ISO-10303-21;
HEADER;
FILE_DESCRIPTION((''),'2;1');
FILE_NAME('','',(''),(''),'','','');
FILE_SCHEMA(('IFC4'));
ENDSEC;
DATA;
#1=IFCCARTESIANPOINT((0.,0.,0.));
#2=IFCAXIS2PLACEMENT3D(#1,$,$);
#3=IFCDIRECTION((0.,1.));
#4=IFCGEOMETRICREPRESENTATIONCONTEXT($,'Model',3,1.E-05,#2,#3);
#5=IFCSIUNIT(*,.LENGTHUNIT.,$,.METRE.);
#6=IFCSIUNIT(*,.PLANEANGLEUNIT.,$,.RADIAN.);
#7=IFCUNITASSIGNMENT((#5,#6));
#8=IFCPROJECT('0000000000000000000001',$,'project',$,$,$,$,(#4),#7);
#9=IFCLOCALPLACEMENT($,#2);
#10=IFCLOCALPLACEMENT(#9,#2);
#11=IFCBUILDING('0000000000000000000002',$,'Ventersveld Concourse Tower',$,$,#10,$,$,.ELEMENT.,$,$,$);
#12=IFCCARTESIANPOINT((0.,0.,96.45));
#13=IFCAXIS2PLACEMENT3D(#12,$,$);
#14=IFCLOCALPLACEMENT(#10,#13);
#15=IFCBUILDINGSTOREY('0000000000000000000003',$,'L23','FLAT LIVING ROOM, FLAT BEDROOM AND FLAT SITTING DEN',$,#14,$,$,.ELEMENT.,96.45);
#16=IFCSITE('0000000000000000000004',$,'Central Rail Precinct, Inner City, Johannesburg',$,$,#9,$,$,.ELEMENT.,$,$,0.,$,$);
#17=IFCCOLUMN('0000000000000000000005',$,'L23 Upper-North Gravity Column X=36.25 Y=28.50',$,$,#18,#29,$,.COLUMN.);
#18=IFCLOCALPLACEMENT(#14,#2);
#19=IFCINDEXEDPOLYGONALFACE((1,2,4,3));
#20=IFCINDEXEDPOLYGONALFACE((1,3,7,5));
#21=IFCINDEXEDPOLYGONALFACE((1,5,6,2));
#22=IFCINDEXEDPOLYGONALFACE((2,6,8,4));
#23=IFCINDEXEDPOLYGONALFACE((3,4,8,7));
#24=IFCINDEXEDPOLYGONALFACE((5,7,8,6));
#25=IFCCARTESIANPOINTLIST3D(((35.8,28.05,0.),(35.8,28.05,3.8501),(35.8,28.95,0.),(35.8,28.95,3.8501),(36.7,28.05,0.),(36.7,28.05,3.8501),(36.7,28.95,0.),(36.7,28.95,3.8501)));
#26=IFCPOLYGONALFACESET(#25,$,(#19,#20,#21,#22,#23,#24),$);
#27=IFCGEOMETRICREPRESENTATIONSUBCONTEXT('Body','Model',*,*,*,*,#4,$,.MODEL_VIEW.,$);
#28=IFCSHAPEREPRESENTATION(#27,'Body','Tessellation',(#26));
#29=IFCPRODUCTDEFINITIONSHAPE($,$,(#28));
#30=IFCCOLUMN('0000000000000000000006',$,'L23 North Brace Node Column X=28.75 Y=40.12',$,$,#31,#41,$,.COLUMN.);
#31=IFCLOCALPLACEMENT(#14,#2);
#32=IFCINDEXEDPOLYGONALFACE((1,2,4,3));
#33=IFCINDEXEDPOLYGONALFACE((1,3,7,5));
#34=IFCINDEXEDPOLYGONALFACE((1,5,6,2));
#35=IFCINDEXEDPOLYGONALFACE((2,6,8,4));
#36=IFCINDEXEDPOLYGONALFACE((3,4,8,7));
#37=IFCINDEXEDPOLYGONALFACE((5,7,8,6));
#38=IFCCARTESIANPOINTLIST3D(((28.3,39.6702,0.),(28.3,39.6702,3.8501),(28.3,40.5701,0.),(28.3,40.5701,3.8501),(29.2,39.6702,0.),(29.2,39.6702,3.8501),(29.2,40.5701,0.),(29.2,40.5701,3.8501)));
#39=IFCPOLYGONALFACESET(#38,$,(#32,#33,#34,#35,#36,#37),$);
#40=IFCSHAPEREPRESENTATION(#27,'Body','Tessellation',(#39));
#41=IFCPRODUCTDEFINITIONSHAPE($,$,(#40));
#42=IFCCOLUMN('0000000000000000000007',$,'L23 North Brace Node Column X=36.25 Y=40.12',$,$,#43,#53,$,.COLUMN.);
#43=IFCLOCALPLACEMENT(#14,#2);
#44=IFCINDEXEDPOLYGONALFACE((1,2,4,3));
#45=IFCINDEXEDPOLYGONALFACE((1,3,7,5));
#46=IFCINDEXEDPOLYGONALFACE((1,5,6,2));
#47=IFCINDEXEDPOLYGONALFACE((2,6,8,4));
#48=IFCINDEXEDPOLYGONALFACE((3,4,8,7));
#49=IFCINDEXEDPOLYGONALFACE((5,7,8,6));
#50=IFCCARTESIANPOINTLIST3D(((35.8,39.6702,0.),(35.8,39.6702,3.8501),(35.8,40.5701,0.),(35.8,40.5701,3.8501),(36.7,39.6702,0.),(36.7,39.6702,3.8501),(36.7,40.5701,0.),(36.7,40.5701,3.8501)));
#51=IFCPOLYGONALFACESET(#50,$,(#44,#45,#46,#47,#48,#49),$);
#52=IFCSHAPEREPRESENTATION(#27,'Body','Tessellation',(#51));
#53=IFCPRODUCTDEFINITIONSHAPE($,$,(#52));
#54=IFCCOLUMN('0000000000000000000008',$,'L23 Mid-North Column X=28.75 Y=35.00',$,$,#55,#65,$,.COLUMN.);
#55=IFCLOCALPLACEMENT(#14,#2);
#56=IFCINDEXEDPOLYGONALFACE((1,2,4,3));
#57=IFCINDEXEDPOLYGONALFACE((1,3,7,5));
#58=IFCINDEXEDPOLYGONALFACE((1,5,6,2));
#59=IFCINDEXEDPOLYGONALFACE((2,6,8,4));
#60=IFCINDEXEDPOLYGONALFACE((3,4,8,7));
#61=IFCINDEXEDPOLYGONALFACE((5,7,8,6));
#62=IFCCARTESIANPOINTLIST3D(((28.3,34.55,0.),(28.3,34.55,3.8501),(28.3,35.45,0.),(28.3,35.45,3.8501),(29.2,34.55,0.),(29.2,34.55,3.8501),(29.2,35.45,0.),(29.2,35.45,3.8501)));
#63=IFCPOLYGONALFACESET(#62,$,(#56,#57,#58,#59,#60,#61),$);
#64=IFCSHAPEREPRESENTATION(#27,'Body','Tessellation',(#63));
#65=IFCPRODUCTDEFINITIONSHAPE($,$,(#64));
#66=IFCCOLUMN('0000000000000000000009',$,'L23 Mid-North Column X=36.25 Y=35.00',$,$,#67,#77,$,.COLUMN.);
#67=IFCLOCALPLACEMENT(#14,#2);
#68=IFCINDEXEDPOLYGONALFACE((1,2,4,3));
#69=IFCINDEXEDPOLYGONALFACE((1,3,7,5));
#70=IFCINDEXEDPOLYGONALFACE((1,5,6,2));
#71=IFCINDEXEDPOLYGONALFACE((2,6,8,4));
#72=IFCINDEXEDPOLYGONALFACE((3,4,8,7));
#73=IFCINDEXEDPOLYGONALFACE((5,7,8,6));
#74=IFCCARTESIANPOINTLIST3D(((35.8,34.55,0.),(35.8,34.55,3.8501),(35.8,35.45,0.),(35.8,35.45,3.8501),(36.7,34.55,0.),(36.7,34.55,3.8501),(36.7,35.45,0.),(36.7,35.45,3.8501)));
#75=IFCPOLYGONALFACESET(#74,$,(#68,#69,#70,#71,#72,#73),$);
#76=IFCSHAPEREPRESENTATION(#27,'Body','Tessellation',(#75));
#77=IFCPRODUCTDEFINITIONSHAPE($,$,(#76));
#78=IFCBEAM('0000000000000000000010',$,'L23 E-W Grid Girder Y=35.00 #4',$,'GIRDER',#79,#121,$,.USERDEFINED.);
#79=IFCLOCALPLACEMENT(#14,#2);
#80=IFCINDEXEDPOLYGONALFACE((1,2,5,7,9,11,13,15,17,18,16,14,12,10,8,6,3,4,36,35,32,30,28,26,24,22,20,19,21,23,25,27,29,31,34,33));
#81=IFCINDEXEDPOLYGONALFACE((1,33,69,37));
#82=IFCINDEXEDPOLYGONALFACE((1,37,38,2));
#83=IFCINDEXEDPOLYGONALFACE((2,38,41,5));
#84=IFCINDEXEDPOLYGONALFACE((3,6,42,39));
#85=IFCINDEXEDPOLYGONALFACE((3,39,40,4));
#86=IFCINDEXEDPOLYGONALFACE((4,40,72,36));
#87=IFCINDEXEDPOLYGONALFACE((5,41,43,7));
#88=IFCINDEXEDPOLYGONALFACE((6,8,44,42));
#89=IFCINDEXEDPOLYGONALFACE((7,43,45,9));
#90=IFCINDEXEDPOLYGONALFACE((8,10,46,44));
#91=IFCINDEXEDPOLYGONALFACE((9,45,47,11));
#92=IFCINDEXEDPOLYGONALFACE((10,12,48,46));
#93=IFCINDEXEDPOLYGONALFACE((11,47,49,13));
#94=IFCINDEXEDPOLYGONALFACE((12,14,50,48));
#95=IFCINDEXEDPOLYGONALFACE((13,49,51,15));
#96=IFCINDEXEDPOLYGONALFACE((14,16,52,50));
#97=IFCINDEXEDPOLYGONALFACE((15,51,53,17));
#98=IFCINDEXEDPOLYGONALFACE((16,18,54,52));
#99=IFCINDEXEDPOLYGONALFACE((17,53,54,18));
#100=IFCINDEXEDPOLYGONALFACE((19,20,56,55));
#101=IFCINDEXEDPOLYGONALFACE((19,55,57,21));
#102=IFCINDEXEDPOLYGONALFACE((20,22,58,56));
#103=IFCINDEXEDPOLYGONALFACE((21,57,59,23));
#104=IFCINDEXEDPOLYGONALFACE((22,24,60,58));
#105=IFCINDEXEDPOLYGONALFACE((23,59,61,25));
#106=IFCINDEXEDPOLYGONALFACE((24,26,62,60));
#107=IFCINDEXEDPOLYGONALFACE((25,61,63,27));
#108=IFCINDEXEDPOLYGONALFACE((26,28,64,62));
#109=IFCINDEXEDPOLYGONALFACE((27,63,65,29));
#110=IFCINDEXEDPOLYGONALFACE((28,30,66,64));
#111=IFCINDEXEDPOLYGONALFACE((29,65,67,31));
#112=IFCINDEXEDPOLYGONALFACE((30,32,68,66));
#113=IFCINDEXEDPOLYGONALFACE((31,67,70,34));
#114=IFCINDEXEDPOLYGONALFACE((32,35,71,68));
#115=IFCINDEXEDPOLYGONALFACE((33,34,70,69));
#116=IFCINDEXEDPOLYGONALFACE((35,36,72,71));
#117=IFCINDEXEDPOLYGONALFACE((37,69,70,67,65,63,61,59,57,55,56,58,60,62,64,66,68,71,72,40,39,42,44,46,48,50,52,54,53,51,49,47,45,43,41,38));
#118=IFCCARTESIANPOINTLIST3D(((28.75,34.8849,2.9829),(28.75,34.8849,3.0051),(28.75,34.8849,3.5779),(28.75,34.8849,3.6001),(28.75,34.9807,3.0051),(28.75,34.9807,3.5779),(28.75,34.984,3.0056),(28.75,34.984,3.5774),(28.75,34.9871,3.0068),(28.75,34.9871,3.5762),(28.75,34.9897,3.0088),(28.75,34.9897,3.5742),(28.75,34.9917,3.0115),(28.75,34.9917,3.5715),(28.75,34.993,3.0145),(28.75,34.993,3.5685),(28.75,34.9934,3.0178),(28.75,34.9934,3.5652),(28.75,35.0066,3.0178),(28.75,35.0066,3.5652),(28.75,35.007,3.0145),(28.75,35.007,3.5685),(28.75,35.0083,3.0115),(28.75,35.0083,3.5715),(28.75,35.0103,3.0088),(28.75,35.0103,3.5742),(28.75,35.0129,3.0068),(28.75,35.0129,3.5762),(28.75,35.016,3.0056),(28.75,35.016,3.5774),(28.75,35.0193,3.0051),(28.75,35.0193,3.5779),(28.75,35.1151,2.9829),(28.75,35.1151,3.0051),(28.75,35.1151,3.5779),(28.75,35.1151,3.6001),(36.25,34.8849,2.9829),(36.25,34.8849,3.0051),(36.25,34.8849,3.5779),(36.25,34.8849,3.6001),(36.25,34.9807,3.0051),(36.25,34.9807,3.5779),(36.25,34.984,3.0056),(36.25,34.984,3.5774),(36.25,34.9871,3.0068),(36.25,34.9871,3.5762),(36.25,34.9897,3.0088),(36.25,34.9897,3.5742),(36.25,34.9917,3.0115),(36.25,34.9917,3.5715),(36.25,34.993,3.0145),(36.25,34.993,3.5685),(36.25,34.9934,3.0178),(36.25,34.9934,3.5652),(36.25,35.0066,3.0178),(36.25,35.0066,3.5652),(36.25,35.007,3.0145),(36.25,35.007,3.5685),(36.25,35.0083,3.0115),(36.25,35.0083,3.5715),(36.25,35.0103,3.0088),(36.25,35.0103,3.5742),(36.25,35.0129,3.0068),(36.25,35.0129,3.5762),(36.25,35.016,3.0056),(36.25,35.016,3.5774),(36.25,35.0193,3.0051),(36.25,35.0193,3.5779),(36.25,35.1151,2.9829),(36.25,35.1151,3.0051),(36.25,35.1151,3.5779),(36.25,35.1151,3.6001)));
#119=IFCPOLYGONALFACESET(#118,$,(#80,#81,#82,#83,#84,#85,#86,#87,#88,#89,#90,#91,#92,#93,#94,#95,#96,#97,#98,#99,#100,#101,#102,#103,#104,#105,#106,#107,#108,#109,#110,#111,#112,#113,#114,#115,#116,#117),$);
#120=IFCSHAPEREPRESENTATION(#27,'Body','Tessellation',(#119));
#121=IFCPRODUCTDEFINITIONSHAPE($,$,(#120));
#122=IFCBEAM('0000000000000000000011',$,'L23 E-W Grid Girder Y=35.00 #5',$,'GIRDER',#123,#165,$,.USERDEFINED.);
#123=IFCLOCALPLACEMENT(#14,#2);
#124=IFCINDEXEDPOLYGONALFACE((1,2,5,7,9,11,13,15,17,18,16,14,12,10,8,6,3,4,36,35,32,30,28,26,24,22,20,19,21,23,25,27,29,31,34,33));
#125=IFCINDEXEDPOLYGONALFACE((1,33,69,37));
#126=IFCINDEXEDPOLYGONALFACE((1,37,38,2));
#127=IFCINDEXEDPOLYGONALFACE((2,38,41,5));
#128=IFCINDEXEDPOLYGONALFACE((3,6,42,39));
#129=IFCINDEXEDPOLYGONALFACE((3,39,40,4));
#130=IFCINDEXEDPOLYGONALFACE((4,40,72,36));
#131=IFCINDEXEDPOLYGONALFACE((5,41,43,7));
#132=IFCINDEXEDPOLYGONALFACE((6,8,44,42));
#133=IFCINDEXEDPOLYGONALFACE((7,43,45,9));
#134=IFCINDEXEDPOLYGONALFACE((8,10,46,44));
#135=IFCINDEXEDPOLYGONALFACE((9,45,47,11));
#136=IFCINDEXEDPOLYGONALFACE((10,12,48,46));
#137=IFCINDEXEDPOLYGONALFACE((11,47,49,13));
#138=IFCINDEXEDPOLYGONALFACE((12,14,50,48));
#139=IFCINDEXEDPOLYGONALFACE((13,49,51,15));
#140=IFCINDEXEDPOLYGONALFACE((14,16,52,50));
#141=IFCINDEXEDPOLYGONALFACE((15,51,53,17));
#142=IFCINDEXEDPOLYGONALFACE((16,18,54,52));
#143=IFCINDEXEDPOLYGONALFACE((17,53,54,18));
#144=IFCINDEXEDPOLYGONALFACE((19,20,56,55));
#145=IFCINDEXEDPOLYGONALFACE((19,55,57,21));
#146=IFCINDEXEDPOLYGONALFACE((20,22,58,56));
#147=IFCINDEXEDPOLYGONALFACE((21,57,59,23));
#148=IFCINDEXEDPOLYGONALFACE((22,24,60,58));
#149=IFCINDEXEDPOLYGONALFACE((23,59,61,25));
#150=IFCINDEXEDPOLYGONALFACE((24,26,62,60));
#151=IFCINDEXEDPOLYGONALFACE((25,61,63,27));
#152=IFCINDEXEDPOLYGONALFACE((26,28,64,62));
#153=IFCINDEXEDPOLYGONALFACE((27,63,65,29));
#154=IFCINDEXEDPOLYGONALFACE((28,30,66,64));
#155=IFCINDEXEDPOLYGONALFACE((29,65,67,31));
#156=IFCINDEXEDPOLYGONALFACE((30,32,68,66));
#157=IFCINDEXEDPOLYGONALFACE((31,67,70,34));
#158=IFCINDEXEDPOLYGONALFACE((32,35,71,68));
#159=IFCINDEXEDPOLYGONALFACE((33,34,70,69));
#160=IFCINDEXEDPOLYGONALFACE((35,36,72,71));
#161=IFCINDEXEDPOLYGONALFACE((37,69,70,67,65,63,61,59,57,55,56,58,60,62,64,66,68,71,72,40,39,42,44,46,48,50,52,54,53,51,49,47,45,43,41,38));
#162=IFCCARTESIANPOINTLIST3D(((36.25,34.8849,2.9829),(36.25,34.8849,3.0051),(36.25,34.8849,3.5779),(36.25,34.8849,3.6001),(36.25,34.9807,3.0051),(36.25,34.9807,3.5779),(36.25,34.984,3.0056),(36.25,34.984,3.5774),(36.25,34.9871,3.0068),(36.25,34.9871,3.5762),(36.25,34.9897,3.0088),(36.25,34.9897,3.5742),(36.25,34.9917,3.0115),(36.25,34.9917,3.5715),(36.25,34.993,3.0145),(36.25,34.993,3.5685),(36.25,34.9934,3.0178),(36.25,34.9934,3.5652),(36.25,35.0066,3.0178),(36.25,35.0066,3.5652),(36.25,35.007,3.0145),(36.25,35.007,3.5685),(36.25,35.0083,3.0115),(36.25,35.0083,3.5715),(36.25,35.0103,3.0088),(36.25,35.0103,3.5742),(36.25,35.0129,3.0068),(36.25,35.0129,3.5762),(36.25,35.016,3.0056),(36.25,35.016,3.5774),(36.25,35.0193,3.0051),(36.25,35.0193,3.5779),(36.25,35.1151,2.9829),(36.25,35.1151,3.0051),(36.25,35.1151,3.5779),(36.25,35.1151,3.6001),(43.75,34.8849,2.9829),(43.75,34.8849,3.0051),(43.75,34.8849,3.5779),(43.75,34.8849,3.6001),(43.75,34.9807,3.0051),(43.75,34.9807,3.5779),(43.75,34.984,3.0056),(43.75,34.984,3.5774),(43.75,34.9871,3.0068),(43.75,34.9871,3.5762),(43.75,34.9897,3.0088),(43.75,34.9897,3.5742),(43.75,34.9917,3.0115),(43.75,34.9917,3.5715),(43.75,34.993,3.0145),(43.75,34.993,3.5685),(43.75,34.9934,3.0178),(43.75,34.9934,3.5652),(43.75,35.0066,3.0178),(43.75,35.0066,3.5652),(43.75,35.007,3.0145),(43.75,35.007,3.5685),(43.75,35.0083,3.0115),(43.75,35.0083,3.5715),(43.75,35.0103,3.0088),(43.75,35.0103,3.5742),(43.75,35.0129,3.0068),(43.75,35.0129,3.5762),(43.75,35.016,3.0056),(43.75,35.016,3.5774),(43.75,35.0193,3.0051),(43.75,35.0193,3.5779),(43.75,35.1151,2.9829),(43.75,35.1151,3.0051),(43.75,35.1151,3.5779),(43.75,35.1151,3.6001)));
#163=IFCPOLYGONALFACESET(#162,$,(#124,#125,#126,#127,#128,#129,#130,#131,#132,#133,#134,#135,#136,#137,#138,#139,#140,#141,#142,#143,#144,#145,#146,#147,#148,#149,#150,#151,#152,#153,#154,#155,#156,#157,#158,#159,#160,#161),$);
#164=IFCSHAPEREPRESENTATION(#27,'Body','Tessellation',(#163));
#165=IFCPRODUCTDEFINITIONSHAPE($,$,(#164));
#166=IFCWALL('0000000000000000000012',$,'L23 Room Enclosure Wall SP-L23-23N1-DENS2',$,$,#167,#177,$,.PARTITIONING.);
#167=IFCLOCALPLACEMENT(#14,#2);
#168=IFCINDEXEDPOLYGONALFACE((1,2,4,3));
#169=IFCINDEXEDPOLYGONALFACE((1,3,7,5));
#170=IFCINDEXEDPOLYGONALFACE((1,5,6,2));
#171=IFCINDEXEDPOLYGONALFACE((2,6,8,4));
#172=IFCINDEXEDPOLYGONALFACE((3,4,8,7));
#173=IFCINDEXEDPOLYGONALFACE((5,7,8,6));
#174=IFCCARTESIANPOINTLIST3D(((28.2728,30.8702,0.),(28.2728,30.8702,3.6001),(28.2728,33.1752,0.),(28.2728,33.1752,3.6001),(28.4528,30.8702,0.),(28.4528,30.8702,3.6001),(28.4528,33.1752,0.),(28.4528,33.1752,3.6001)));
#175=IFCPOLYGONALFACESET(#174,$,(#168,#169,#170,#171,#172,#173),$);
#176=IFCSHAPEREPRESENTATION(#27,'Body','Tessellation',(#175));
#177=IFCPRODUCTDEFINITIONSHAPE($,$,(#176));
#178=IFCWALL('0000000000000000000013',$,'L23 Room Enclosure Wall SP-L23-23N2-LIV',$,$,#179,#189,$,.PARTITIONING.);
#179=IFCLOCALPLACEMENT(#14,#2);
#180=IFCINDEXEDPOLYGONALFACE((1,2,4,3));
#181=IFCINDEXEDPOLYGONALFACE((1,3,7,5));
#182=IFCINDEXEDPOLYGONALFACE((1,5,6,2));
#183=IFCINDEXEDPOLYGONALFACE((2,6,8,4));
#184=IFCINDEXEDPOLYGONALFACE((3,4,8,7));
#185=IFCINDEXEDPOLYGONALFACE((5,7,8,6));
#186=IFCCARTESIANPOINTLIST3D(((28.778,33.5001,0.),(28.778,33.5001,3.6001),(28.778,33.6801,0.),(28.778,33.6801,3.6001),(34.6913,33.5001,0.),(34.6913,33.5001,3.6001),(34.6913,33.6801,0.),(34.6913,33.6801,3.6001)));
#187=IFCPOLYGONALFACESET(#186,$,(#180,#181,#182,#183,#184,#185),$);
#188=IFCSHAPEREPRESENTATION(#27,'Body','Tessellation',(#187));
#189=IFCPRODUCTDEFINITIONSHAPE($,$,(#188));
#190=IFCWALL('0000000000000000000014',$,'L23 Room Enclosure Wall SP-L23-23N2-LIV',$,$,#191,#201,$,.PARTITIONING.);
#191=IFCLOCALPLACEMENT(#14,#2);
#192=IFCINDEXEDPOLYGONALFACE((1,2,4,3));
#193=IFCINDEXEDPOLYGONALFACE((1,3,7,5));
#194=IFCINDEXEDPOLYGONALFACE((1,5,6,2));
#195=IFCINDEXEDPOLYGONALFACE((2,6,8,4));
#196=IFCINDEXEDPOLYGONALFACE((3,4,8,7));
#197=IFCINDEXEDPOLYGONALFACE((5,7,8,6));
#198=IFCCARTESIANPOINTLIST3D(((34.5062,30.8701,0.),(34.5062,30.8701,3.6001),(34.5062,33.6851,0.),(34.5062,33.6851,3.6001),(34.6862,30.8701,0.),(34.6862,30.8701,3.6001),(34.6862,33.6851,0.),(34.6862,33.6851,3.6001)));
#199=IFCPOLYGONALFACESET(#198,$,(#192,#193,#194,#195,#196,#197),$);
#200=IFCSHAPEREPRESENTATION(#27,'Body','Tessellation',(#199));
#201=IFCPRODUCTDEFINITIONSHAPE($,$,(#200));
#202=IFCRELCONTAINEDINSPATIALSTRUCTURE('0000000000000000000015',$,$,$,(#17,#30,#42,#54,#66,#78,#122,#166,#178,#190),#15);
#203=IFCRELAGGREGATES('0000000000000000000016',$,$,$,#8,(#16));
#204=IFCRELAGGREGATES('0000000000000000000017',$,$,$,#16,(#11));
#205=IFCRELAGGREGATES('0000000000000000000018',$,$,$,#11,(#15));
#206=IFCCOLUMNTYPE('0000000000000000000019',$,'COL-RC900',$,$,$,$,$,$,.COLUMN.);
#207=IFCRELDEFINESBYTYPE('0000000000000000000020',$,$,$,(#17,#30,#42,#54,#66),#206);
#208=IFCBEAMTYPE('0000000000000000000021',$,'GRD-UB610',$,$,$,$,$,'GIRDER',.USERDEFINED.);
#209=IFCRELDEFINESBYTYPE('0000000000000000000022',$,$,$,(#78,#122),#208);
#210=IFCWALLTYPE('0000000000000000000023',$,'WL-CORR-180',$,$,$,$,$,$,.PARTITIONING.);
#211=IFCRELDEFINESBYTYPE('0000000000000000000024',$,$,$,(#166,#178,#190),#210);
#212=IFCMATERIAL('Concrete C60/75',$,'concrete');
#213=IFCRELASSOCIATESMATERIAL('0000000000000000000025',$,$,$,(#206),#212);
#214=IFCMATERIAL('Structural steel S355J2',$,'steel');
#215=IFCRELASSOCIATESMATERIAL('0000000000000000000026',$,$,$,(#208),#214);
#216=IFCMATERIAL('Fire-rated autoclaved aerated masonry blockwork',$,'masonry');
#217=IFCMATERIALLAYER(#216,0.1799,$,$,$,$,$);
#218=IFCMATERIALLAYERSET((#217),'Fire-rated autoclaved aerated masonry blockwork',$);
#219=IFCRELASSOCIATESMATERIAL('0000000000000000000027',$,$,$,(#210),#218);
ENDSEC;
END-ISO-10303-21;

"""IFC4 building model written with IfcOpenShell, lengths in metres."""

from ifc_helpers import new_model, si_unit, direction, frame, frame_2d, origin, origin_2d, place, context, subcontext, project, spatial, rectangle, i_section, extrude, material, layer, layer_set, material_profile, profile_set, type_object, element, save


model = new_model("IFC4")

# Units and contexts
model_context = context("Model", 3, precision=1e-05, world=origin(), true_north=direction((0.0, 1.0)))
body_context = subcontext(model_context, "Body", "Model", "MODEL_VIEW")
ifc_project = project(units=[si_unit("LENGTHUNIT", "METRE"), si_unit("PLANEANGLEUNIT", "RADIAN")], contexts=[model_context])

# Site, building, storey
site_placement = place(None, origin())
site = spatial("IfcSite", under=ifc_project, at=site_placement, Name="Central Rail Precinct, Inner City, Johannesburg", CompositionType="ELEMENT", RefElevation=0.0)
building_placement = place(site_placement, origin())
building = spatial("IfcBuilding", under=site, at=building_placement, Name="Ventersveld Concourse Tower", CompositionType="ELEMENT")
storey_placement = place(building_placement, frame((0.0, 0.0, 96.45)))
storey = spatial("IfcBuildingStorey", under=building, at=storey_placement, Name="L23", Description="FLAT LIVING ROOM, FLAT BEDROOM AND FLAT SITTING DEN", CompositionType="ELEMENT", Elevation=96.45)

# Columns
ifc_material_1 = material(Name="Concrete C60/75", Category="concrete")
ifc_material_profile_1 = material_profile(ifc_material_1, rectangle(XDim=0.8999, YDim=0.8999, at=origin_2d()), Name="RC 900x900")
ifc_profile_set_1 = profile_set([ifc_material_profile_1], Name="Concrete C60/75")
column_type = type_object("IfcColumnType", Name="COL-RC900", PredefinedType="COLUMN", material=ifc_profile_set_1)
for number, where, z_axis, x_axis, name in (
    (1, (36.25, 28.5, 0.0), (0.0, 0.0, 1.0), (1.0, 0.0, 0.0), "L23 Upper-North Gravity Column X=36.25 Y=28.50"),
    (2, (28.75, 40.1201, 0.0), (0.0, 0.0, 1.0), (1.0, 0.0, 0.0), "L23 North Brace Node Column X=28.75 Y=40.12"),
    (3, (36.25, 40.1201, 0.0), (0.0, 0.0, 1.0), (1.0, 0.0, 0.0), "L23 North Brace Node Column X=36.25 Y=40.12"),
    (4, (28.75, 35.0, 0.0), (0.0, 0.0, 1.0), (1.0, 0.0, 0.0), "L23 Mid-North Column X=28.75 Y=35.00"),
    (5, (36.25, 35.0, 0.0), (0.0, 0.0, 1.0), (1.0, 0.0, 0.0), "L23 Mid-North Column X=36.25 Y=35.00"),
):
    element("IfcColumn", number, at=place(storey_placement, frame(where, z_axis=z_axis, x_axis=x_axis)), inside=storey, type_object=column_type, Name=name, PredefinedType="COLUMN", context=body_context, shape_type="SweptSolid", body=[
        extrude(rectangle(XDim=0.8999, YDim=0.8999, at=origin_2d()), origin(), (0.0, 0.0, 1.0), 3.8501),
    ])

# Beams
ifc_material_2 = material(Name="Structural steel S355J2", Category="steel")
ifc_material_profile_2 = material_profile(ifc_material_2, i_section(OverallWidth=0.2302, OverallDepth=0.6172, WebThickness=0.0132, FlangeThickness=0.0222, FilletRadius=0.0127, at=origin_2d()), Name="UB 610x229x140")
ifc_profile_set_2 = profile_set([ifc_material_profile_2], Name="Structural steel S355J2")
beam_type = type_object("IfcBeamType", Name="GRD-UB610", ElementType="GIRDER", PredefinedType="USERDEFINED", material=ifc_profile_set_2)
for number, where, z_axis, x_axis, name in (
    (6, (28.75, 35.0, 3.2915), (1.0, 0.0, 0.0), (0.0, 1.0, 0.0), "L23 E-W Grid Girder Y=35.00 #4"),
    (7, (36.25, 35.0, 3.2915), (1.0, 0.0, 0.0), (0.0, 1.0, 0.0), "L23 E-W Grid Girder Y=35.00 #5"),
):
    element("IfcBeam", number, at=place(storey_placement, frame(where, z_axis=z_axis, x_axis=x_axis)), inside=storey, type_object=beam_type, Name=name, ObjectType="GIRDER", PredefinedType="USERDEFINED", context=body_context, shape_type="SweptSolid", body=[
        extrude(i_section(OverallWidth=0.2302, OverallDepth=0.6172, WebThickness=0.0132, FlangeThickness=0.0222, FilletRadius=0.0127, at=origin_2d()), origin(), (0.0, 0.0, 1.0), 7.5),
    ])

# Walls
ifc_material_3 = material(Name="Fire-rated autoclaved aerated masonry blockwork", Category="masonry")
ifc_layer_1 = layer(ifc_material_3, 0.1799)
ifc_layer_set_1 = layer_set([ifc_layer_1], Name="Fire-rated autoclaved aerated masonry blockwork")
wall_type_1 = type_object("IfcWallType", Name="WL-CORR-180", PredefinedType="PARTITIONING", material=ifc_layer_set_1)
wall_1_placement = place(storey_placement, frame((28.3628, 33.175, 0.0), z_axis=(0.0, 0.0, 1.0), x_axis=(0.0, -1.0, 0.0)))
element("IfcWall", 8, at=wall_1_placement, inside=storey, type_object=wall_type_1, Name="L23 Room Enclosure Wall SP-L23-23N1-DENS2", PredefinedType="PARTITIONING", context=body_context, shape_type="SweptSolid", body=[
    extrude(rectangle(XDim=2.3049, YDim=0.1799, at=frame_2d((1.1523, 0.0))), origin(), (0.0, 0.0, 1.0), 3.6001),
])
wall_2_placement = place(storey_placement, frame((34.6912, 33.5901, 0.0), z_axis=(0.0, 0.0, 1.0), x_axis=(-1.0, 0.0, 0.0)))
element("IfcWall", 9, at=wall_2_placement, inside=storey, type_object=wall_type_1, Name="L23 Room Enclosure Wall SP-L23-23N2-LIV", PredefinedType="PARTITIONING", context=body_context, shape_type="SweptSolid", body=[
    extrude(rectangle(XDim=5.9133, YDim=0.1799, at=frame_2d((2.9565, 0.0))), origin(), (0.0, 0.0, 1.0), 3.6001),
])
wall_3_placement = place(storey_placement, frame((34.5962, 30.8701, 0.0), z_axis=(0.0, 0.0, 1.0), x_axis=(0.0, 1.0, 0.0)))
element("IfcWall", 10, at=wall_3_placement, inside=storey, type_object=wall_type_1, Name="L23 Room Enclosure Wall SP-L23-23N2-LIV", PredefinedType="PARTITIONING", context=body_context, shape_type="SweptSolid", body=[
    extrude(rectangle(XDim=2.8149, YDim=0.1799, at=frame_2d((1.4075, 0.0))), origin(), (0.0, 0.0, 1.0), 3.6001),
])

save(model, "model.ifc")
